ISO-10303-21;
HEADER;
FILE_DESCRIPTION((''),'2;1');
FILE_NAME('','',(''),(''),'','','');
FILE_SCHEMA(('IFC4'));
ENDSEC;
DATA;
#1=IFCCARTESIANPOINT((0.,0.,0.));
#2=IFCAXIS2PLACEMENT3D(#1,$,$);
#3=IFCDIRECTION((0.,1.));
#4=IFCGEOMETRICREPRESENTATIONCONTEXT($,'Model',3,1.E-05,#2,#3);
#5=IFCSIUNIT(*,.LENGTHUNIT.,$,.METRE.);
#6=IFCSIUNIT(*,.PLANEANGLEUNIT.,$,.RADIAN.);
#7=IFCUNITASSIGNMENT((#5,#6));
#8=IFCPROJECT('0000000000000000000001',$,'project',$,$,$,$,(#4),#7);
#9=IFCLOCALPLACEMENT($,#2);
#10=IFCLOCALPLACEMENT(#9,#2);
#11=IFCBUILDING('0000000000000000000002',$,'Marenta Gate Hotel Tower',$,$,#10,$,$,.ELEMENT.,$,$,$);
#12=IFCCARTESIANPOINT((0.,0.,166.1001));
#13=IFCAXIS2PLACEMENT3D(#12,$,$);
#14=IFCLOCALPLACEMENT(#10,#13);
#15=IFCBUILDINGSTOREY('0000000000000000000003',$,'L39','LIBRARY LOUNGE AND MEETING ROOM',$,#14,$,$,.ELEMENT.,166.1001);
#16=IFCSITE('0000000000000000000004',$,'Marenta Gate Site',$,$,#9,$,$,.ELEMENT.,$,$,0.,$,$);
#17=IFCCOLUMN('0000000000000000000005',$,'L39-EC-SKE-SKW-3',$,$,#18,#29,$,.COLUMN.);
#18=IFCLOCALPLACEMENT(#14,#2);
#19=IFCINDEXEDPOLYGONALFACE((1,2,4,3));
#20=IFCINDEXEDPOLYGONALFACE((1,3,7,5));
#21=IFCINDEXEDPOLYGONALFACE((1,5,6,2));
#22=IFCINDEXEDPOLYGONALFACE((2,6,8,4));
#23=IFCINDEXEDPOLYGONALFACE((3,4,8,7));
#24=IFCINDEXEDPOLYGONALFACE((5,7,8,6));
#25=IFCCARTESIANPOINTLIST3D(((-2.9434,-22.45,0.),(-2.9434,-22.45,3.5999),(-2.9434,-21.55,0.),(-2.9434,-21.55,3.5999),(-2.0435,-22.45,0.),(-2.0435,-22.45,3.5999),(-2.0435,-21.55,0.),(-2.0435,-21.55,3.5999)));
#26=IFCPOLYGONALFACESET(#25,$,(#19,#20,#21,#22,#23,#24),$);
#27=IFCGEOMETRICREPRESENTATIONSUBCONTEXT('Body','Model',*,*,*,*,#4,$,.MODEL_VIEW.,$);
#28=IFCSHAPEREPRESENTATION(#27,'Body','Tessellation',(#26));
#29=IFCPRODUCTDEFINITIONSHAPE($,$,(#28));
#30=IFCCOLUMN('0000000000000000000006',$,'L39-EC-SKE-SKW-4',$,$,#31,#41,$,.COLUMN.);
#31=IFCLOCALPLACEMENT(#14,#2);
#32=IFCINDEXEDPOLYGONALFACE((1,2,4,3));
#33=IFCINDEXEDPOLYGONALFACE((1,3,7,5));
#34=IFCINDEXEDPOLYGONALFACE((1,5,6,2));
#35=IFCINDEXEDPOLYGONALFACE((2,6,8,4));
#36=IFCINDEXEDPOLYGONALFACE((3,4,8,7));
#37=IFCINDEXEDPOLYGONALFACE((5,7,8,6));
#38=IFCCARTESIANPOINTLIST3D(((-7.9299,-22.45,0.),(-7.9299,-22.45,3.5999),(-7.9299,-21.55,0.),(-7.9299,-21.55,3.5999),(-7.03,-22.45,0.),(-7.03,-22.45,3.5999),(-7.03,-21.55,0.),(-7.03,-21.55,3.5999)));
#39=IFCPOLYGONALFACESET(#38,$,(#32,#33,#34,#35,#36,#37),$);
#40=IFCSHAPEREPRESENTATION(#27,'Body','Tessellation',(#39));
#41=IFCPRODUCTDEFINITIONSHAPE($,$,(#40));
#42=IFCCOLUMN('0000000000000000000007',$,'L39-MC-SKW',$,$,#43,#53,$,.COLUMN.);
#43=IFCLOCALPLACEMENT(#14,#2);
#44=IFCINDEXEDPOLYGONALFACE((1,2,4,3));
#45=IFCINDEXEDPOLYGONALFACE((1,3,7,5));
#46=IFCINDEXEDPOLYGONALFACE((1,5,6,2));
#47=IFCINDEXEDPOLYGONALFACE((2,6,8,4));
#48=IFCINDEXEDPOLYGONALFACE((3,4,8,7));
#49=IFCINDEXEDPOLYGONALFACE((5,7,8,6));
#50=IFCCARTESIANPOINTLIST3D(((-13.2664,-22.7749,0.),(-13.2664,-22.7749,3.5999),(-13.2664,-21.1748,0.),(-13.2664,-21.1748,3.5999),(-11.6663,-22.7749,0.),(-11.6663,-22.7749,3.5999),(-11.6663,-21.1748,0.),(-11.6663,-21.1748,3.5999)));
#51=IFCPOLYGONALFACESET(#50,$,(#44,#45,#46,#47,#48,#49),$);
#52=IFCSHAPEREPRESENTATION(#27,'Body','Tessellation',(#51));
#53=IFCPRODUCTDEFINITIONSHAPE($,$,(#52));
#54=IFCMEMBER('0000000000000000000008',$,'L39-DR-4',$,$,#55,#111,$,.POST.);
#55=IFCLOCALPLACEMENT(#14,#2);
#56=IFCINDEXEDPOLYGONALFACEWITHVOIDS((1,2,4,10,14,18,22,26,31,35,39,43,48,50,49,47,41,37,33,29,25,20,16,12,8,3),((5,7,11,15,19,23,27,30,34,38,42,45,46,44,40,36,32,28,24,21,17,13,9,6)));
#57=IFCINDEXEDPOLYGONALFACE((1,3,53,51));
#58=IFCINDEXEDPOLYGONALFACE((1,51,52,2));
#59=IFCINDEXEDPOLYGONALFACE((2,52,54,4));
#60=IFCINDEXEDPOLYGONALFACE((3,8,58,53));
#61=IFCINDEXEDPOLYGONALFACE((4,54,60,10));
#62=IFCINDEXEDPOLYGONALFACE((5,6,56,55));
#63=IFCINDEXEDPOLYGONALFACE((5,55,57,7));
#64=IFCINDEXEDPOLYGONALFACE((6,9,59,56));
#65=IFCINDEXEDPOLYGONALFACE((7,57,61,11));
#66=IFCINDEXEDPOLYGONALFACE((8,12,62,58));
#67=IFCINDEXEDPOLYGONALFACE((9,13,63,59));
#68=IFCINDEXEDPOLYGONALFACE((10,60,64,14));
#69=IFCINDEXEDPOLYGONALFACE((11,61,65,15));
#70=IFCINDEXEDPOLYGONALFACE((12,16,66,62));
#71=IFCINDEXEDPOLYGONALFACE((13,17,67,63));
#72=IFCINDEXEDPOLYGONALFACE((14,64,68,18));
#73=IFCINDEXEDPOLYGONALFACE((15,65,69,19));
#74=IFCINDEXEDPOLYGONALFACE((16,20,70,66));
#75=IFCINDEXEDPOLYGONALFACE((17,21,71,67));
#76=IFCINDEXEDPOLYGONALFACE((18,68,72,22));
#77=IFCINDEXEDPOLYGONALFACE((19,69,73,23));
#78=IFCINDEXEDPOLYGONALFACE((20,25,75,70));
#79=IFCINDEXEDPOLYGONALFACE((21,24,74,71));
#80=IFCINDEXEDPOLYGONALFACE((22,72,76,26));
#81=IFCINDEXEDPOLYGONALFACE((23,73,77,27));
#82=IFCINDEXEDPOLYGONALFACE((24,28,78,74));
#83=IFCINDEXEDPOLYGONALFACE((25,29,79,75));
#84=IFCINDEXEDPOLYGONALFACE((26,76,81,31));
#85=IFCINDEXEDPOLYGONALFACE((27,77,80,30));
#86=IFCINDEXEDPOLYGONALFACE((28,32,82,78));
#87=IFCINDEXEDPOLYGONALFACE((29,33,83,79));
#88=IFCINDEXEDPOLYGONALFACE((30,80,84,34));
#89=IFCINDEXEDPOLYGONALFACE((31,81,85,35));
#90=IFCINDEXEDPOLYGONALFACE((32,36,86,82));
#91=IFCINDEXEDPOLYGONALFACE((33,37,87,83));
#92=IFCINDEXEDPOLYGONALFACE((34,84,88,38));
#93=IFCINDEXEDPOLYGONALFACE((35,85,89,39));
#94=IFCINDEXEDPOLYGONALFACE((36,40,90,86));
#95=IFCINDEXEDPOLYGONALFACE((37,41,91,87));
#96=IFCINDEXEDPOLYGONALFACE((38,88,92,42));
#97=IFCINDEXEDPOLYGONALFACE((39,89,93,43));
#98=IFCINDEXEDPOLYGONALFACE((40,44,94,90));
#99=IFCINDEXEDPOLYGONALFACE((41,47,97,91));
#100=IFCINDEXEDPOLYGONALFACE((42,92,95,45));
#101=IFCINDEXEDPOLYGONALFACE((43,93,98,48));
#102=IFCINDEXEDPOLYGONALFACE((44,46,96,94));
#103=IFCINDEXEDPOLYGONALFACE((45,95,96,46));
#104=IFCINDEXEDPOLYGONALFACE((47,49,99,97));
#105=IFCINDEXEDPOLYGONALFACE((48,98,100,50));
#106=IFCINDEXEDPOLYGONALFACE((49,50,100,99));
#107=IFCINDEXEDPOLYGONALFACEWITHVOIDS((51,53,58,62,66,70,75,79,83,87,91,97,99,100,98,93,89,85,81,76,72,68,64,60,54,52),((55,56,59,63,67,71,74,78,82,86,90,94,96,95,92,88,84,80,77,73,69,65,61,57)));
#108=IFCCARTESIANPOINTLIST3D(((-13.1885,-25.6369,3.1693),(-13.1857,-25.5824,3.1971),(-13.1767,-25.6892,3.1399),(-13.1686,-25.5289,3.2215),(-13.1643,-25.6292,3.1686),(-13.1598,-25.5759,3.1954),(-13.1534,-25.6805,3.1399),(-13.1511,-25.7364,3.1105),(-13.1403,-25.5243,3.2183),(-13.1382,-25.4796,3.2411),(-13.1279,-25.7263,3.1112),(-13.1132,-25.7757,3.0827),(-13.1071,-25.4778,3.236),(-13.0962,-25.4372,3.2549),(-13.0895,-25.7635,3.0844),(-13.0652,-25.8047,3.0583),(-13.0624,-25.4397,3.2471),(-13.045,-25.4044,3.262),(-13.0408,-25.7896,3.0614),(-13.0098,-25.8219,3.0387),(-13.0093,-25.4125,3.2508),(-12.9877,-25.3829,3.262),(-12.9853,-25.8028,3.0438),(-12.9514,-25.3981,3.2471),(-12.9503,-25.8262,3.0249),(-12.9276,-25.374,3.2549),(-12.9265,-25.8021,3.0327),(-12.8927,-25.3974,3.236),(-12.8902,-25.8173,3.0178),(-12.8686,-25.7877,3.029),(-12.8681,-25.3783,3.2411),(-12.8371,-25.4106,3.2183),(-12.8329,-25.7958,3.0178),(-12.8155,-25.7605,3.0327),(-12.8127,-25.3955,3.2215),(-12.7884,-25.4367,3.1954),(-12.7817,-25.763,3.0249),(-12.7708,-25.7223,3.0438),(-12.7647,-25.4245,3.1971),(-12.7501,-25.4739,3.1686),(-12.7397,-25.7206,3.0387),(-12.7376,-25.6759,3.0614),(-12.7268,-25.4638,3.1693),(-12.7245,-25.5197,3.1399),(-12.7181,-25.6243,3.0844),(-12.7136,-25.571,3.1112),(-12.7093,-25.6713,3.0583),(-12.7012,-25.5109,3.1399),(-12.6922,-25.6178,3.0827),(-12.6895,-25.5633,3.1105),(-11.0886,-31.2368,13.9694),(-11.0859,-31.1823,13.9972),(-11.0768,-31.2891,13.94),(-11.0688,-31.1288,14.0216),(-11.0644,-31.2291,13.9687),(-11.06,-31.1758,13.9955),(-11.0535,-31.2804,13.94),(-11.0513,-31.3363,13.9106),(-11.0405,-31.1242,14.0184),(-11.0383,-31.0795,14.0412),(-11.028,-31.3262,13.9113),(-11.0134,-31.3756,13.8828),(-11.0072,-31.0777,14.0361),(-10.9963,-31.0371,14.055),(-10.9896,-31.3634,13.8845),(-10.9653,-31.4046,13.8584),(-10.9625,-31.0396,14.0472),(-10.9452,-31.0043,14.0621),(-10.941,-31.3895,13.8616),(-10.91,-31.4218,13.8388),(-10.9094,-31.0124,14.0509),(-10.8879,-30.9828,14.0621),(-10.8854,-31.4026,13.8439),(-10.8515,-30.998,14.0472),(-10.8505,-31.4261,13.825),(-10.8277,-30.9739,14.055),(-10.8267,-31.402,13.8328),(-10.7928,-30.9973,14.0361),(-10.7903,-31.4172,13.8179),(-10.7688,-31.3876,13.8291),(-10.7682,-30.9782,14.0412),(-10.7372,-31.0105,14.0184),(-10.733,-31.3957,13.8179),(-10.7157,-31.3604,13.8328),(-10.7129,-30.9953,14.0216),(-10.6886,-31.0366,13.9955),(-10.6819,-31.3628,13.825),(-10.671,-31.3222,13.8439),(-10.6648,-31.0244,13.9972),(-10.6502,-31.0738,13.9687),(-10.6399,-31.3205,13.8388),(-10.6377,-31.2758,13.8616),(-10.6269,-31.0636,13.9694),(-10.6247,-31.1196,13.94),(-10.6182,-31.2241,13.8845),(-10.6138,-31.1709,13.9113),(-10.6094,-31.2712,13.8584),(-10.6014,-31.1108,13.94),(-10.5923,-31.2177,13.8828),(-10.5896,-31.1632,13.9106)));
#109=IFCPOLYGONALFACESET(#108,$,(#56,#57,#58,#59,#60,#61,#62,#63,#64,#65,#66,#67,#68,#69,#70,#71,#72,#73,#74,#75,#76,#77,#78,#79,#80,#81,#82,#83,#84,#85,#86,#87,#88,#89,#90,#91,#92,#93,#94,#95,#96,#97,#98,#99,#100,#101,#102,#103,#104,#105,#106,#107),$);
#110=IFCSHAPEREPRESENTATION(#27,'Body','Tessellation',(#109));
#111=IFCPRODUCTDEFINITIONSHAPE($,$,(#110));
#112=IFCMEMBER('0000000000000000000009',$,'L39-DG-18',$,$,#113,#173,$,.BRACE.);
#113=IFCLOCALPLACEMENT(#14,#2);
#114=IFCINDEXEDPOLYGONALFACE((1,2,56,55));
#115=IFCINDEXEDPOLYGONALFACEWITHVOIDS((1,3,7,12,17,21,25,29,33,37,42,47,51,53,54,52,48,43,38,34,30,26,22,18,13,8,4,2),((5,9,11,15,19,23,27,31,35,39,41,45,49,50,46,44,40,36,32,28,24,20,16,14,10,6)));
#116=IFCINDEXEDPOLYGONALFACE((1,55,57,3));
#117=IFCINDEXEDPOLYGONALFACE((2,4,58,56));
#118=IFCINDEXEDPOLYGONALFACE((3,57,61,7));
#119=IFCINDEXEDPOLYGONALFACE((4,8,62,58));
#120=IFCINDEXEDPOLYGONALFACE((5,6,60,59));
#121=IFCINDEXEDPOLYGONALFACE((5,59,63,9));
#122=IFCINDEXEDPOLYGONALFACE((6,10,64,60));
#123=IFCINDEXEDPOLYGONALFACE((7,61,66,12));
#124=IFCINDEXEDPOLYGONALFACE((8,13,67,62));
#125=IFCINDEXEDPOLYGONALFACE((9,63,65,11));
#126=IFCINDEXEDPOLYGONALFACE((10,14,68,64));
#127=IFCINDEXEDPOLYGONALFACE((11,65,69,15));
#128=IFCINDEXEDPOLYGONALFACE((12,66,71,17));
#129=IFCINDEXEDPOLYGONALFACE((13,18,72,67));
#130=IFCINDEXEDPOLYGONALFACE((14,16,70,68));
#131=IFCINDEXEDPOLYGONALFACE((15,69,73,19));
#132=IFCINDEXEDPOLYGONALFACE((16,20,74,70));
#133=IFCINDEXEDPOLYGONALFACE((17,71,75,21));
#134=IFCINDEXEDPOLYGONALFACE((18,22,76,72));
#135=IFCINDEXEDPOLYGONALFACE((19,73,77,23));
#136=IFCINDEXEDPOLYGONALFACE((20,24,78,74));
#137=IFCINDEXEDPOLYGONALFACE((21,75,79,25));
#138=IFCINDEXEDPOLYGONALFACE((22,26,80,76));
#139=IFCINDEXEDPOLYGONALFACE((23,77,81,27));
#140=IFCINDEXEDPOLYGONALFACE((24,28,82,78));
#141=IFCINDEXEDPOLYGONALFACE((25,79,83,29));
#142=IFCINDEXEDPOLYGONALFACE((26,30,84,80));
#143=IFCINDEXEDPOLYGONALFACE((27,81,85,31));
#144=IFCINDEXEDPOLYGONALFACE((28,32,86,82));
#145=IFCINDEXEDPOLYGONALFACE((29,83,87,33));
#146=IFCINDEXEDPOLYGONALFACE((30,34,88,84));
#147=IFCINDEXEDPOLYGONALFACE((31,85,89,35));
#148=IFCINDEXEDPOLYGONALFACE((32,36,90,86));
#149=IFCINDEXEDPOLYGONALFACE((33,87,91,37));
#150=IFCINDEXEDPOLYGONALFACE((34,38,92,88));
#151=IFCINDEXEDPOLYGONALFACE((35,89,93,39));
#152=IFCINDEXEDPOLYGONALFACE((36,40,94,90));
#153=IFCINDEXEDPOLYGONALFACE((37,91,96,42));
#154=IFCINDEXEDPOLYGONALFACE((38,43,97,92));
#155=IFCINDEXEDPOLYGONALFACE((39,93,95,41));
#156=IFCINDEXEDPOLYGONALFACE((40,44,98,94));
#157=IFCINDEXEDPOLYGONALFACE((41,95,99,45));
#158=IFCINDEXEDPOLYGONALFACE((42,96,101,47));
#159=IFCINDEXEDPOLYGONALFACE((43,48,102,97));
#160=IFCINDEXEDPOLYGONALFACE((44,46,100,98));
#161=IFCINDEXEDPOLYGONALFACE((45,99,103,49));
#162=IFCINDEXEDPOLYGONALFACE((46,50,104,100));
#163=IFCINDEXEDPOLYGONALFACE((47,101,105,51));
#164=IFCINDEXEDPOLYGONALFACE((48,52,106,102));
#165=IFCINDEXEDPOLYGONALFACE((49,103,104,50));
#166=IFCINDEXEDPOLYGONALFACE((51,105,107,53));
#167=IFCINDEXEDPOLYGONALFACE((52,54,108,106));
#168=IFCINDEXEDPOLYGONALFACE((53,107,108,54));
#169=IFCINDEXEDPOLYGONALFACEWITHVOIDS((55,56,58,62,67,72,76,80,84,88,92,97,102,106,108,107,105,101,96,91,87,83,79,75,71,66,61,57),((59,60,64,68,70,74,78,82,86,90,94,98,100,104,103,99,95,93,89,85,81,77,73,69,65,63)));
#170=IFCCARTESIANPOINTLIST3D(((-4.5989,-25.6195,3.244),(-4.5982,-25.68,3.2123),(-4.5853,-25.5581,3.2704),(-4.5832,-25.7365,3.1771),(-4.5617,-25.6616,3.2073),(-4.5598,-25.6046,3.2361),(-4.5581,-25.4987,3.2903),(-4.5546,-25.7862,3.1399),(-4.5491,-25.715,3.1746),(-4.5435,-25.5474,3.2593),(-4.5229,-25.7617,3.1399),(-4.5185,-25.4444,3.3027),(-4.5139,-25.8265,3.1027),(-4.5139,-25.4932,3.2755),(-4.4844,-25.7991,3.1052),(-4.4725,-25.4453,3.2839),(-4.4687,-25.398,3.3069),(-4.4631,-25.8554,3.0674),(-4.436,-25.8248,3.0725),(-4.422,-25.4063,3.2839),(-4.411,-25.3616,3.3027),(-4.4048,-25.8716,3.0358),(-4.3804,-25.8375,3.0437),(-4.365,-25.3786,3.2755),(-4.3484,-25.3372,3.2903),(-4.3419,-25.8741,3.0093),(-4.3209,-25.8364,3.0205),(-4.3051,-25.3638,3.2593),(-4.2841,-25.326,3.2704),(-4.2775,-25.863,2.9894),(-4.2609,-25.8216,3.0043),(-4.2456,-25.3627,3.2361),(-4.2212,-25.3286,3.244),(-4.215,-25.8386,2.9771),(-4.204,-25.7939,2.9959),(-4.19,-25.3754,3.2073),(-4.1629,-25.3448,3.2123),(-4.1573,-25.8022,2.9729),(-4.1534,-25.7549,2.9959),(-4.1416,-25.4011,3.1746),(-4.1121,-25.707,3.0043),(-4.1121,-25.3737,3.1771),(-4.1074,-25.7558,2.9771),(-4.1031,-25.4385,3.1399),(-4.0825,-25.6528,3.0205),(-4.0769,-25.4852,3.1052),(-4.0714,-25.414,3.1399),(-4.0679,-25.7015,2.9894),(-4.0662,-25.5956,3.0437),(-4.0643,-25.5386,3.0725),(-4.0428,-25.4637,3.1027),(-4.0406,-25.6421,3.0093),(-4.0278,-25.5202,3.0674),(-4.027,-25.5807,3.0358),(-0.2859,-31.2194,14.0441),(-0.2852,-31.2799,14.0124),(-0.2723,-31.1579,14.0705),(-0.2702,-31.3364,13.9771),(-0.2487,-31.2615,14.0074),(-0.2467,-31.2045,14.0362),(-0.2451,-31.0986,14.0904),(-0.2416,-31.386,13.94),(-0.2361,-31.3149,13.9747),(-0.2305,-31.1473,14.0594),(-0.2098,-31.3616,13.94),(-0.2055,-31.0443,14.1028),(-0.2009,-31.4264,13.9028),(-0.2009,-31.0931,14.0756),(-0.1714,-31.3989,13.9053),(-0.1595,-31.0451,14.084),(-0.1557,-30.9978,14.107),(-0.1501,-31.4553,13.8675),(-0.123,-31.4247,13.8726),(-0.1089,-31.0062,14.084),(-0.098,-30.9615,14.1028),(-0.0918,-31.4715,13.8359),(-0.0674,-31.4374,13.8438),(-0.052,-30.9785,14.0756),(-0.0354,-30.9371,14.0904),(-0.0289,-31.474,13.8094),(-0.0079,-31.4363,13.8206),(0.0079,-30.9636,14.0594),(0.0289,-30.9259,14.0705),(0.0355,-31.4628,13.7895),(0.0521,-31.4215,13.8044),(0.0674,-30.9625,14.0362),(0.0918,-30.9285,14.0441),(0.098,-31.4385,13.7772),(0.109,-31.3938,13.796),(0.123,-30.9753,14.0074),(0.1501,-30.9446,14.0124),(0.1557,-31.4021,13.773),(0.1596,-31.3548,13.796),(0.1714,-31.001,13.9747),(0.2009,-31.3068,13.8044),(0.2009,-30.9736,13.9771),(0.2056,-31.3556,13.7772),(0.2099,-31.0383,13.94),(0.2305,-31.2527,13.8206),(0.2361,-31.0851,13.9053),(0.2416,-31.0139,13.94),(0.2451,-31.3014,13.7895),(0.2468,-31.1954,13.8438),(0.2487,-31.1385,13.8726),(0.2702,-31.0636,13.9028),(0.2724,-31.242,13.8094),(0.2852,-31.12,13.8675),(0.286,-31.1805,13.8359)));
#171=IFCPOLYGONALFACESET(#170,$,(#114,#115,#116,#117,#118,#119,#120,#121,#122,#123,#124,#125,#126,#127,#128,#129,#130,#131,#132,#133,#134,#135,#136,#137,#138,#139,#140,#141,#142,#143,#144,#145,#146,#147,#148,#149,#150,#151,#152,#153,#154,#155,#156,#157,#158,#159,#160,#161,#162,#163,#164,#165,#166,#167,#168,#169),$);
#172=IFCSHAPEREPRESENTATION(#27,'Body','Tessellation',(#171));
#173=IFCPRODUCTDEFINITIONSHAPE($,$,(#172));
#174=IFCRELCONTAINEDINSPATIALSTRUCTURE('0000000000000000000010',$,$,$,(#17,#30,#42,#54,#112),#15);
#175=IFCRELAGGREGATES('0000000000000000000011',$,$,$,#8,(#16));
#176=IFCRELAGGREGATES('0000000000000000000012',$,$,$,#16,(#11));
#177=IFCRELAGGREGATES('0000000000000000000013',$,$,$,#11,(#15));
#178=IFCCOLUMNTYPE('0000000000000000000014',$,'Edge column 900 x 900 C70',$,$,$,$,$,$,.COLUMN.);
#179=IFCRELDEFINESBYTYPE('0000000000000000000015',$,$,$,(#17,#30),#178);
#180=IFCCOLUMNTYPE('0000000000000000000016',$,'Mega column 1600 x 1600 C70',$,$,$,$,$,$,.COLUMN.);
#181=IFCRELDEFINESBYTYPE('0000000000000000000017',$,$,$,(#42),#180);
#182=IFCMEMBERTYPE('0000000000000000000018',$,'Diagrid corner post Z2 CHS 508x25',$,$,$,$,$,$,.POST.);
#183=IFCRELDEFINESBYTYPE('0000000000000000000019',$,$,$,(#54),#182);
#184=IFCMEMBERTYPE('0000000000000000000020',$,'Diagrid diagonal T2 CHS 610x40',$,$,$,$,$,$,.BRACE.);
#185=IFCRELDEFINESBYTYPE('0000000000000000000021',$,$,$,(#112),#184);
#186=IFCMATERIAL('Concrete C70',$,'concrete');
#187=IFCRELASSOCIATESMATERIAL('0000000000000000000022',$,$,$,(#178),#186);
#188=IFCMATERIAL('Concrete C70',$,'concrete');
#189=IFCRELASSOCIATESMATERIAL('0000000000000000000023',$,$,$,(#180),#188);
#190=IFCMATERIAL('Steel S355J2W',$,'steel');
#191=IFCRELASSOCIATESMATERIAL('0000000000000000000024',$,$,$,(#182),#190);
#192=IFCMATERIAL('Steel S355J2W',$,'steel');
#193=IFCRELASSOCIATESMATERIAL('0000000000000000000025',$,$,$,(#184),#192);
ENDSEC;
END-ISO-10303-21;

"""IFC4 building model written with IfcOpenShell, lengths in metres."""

from ifc_helpers import new_model, si_unit, direction, frame, origin, origin_2d, place, context, subcontext, project, spatial, rectangle, hollow_circle, extrude, material, material_profile, profile_set, type_object, element, save


model = new_model("IFC4")

# Units and contexts
model_context = context("Model", 3, precision=1e-05, world=origin(), true_north=direction((0.0, 1.0)))
body_context = subcontext(model_context, "Body", "Model", "MODEL_VIEW")
ifc_project = project(units=[si_unit("LENGTHUNIT", "METRE"), si_unit("PLANEANGLEUNIT", "RADIAN")], contexts=[model_context])

# Site, building, storey
site_placement = place(None, origin())
site = spatial("IfcSite", under=ifc_project, at=site_placement, Name="Marenta Gate Site", CompositionType="ELEMENT", RefElevation=0.0)
building_placement = place(site_placement, origin())
building = spatial("IfcBuilding", under=site, at=building_placement, Name="Marenta Gate Hotel Tower", CompositionType="ELEMENT")
storey_placement = place(building_placement, frame((0.0, 0.0, 166.1001)))
storey = spatial("IfcBuildingStorey", under=building, at=storey_placement, Name="L39", Description="LIBRARY LOUNGE AND MEETING ROOM", CompositionType="ELEMENT", Elevation=166.1001)

# Columns
ifc_material_1 = material(Name="Concrete C70", Category="concrete")
ifc_material_profile_1 = material_profile(ifc_material_1, rectangle(XDim=0.8999, YDim=0.8999, at=origin_2d()), Name="900 x 900")
ifc_profile_set_1 = profile_set([ifc_material_profile_1], Name="Concrete C70")
column_type_1 = type_object("IfcColumnType", Name="Edge column 900 x 900 C70", PredefinedType="COLUMN", material=ifc_profile_set_1)
for number, where, z_axis, x_axis, name in (
    (1, (-2.4934, -22.0, 0.0), (0.0, 0.0, 1.0), (1.0, 0.0, 0.0), "L39-EC-SKE-SKW-3"),
    (2, (-7.48, -22.0, 0.0), (0.0, 0.0, 1.0), (1.0, 0.0, 0.0), "L39-EC-SKE-SKW-4"),
):
    element("IfcColumn", number, at=place(storey_placement, frame(where, z_axis=z_axis, x_axis=x_axis)), inside=storey, type_object=column_type_1, Name=name, PredefinedType="COLUMN", context=body_context, shape_type="SweptSolid", body=[
        extrude(rectangle(XDim=0.8999, YDim=0.8999, at=origin_2d()), origin(), (0.0, 0.0, 1.0), 3.5999),
    ])
ifc_material_2 = material(Name="Concrete C70", Category="concrete")
ifc_material_profile_2 = material_profile(ifc_material_2, rectangle(XDim=1.6001, YDim=1.6001, at=origin_2d()), Name="1600 x 1600")
ifc_profile_set_2 = profile_set([ifc_material_profile_2], Name="Concrete C70")
column_type_2 = type_object("IfcColumnType", Name="Mega column 1600 x 1600 C70", PredefinedType="COLUMN", material=ifc_profile_set_2)
column_placement = place(storey_placement, frame((-12.4663, -21.9749, 0.0), z_axis=(0.0, 0.0, 1.0), x_axis=(1.0, 0.0, 0.0)))
element("IfcColumn", 3, at=column_placement, inside=storey, type_object=column_type_2, Name="L39-MC-SKW", PredefinedType="COLUMN", context=body_context, shape_type="SweptSolid", body=[
    extrude(rectangle(XDim=1.6001, YDim=1.6001, at=origin_2d()), origin(), (0.0, 0.0, 1.0), 3.5999),
])

# Members
ifc_material_3 = material(Name="Steel S355J2W", Category="steel")
ifc_material_profile_3 = material_profile(ifc_material_3, hollow_circle(Radius=0.2539, WallThickness=0.0249, at=origin_2d()), Name="CHS 508x25")
ifc_profile_set_3 = profile_set([ifc_material_profile_3], Name="Steel S355J2W")
member_type_1 = type_object("IfcMemberType", Name="Diagrid corner post Z2 CHS 508x25", PredefinedType="POST", material=ifc_profile_set_3)
member_1_placement = place(storey_placement, frame((-12.939, -25.6001, 3.1399), z_axis=(0.170092, -0.453599, 0.874824), x_axis=(0.936334, 0.35111, 0.0)))
element("IfcMember", 4, at=member_1_placement, inside=storey, type_object=member_type_1, Name="L39-DR-4", PredefinedType="POST", context=body_context, shape_type="SweptSolid", body=[
    extrude(hollow_circle(Radius=0.2539, WallThickness=0.0249, at=origin_2d()), origin(), (0.0, 0.0, 1.0), 12.3455),
])
ifc_material_4 = material(Name="Steel S355J2W", Category="steel")
ifc_material_profile_4 = material_profile(ifc_material_4, hollow_circle(Radius=0.3049, WallThickness=0.04, at=origin_2d()), Name="CHS 610x40")
ifc_profile_set_4 = profile_set([ifc_material_profile_4], Name="Steel S355J2W")
member_type_2 = type_object("IfcMemberType", Name="Diagrid diagonal T2 CHS 610x40", PredefinedType="BRACE", material=ifc_profile_set_4)
member_2_placement = place(storey_placement, frame((-4.313, -25.6001, 3.1399), z_axis=(0.334148, -0.433848, 0.836732), x_axis=(0.792254, 0.610191, 0.0)))
element("IfcMember", 5, at=member_2_placement, inside=storey, type_object=member_type_2, Name="L39-DG-18", PredefinedType="BRACE", context=body_context, shape_type="SweptSolid", body=[
    extrude(hollow_circle(Radius=0.3049, WallThickness=0.04, at=origin_2d()), origin(), (0.0, 0.0, 1.0), 12.9075),
])

save(model, "model.ifc")
